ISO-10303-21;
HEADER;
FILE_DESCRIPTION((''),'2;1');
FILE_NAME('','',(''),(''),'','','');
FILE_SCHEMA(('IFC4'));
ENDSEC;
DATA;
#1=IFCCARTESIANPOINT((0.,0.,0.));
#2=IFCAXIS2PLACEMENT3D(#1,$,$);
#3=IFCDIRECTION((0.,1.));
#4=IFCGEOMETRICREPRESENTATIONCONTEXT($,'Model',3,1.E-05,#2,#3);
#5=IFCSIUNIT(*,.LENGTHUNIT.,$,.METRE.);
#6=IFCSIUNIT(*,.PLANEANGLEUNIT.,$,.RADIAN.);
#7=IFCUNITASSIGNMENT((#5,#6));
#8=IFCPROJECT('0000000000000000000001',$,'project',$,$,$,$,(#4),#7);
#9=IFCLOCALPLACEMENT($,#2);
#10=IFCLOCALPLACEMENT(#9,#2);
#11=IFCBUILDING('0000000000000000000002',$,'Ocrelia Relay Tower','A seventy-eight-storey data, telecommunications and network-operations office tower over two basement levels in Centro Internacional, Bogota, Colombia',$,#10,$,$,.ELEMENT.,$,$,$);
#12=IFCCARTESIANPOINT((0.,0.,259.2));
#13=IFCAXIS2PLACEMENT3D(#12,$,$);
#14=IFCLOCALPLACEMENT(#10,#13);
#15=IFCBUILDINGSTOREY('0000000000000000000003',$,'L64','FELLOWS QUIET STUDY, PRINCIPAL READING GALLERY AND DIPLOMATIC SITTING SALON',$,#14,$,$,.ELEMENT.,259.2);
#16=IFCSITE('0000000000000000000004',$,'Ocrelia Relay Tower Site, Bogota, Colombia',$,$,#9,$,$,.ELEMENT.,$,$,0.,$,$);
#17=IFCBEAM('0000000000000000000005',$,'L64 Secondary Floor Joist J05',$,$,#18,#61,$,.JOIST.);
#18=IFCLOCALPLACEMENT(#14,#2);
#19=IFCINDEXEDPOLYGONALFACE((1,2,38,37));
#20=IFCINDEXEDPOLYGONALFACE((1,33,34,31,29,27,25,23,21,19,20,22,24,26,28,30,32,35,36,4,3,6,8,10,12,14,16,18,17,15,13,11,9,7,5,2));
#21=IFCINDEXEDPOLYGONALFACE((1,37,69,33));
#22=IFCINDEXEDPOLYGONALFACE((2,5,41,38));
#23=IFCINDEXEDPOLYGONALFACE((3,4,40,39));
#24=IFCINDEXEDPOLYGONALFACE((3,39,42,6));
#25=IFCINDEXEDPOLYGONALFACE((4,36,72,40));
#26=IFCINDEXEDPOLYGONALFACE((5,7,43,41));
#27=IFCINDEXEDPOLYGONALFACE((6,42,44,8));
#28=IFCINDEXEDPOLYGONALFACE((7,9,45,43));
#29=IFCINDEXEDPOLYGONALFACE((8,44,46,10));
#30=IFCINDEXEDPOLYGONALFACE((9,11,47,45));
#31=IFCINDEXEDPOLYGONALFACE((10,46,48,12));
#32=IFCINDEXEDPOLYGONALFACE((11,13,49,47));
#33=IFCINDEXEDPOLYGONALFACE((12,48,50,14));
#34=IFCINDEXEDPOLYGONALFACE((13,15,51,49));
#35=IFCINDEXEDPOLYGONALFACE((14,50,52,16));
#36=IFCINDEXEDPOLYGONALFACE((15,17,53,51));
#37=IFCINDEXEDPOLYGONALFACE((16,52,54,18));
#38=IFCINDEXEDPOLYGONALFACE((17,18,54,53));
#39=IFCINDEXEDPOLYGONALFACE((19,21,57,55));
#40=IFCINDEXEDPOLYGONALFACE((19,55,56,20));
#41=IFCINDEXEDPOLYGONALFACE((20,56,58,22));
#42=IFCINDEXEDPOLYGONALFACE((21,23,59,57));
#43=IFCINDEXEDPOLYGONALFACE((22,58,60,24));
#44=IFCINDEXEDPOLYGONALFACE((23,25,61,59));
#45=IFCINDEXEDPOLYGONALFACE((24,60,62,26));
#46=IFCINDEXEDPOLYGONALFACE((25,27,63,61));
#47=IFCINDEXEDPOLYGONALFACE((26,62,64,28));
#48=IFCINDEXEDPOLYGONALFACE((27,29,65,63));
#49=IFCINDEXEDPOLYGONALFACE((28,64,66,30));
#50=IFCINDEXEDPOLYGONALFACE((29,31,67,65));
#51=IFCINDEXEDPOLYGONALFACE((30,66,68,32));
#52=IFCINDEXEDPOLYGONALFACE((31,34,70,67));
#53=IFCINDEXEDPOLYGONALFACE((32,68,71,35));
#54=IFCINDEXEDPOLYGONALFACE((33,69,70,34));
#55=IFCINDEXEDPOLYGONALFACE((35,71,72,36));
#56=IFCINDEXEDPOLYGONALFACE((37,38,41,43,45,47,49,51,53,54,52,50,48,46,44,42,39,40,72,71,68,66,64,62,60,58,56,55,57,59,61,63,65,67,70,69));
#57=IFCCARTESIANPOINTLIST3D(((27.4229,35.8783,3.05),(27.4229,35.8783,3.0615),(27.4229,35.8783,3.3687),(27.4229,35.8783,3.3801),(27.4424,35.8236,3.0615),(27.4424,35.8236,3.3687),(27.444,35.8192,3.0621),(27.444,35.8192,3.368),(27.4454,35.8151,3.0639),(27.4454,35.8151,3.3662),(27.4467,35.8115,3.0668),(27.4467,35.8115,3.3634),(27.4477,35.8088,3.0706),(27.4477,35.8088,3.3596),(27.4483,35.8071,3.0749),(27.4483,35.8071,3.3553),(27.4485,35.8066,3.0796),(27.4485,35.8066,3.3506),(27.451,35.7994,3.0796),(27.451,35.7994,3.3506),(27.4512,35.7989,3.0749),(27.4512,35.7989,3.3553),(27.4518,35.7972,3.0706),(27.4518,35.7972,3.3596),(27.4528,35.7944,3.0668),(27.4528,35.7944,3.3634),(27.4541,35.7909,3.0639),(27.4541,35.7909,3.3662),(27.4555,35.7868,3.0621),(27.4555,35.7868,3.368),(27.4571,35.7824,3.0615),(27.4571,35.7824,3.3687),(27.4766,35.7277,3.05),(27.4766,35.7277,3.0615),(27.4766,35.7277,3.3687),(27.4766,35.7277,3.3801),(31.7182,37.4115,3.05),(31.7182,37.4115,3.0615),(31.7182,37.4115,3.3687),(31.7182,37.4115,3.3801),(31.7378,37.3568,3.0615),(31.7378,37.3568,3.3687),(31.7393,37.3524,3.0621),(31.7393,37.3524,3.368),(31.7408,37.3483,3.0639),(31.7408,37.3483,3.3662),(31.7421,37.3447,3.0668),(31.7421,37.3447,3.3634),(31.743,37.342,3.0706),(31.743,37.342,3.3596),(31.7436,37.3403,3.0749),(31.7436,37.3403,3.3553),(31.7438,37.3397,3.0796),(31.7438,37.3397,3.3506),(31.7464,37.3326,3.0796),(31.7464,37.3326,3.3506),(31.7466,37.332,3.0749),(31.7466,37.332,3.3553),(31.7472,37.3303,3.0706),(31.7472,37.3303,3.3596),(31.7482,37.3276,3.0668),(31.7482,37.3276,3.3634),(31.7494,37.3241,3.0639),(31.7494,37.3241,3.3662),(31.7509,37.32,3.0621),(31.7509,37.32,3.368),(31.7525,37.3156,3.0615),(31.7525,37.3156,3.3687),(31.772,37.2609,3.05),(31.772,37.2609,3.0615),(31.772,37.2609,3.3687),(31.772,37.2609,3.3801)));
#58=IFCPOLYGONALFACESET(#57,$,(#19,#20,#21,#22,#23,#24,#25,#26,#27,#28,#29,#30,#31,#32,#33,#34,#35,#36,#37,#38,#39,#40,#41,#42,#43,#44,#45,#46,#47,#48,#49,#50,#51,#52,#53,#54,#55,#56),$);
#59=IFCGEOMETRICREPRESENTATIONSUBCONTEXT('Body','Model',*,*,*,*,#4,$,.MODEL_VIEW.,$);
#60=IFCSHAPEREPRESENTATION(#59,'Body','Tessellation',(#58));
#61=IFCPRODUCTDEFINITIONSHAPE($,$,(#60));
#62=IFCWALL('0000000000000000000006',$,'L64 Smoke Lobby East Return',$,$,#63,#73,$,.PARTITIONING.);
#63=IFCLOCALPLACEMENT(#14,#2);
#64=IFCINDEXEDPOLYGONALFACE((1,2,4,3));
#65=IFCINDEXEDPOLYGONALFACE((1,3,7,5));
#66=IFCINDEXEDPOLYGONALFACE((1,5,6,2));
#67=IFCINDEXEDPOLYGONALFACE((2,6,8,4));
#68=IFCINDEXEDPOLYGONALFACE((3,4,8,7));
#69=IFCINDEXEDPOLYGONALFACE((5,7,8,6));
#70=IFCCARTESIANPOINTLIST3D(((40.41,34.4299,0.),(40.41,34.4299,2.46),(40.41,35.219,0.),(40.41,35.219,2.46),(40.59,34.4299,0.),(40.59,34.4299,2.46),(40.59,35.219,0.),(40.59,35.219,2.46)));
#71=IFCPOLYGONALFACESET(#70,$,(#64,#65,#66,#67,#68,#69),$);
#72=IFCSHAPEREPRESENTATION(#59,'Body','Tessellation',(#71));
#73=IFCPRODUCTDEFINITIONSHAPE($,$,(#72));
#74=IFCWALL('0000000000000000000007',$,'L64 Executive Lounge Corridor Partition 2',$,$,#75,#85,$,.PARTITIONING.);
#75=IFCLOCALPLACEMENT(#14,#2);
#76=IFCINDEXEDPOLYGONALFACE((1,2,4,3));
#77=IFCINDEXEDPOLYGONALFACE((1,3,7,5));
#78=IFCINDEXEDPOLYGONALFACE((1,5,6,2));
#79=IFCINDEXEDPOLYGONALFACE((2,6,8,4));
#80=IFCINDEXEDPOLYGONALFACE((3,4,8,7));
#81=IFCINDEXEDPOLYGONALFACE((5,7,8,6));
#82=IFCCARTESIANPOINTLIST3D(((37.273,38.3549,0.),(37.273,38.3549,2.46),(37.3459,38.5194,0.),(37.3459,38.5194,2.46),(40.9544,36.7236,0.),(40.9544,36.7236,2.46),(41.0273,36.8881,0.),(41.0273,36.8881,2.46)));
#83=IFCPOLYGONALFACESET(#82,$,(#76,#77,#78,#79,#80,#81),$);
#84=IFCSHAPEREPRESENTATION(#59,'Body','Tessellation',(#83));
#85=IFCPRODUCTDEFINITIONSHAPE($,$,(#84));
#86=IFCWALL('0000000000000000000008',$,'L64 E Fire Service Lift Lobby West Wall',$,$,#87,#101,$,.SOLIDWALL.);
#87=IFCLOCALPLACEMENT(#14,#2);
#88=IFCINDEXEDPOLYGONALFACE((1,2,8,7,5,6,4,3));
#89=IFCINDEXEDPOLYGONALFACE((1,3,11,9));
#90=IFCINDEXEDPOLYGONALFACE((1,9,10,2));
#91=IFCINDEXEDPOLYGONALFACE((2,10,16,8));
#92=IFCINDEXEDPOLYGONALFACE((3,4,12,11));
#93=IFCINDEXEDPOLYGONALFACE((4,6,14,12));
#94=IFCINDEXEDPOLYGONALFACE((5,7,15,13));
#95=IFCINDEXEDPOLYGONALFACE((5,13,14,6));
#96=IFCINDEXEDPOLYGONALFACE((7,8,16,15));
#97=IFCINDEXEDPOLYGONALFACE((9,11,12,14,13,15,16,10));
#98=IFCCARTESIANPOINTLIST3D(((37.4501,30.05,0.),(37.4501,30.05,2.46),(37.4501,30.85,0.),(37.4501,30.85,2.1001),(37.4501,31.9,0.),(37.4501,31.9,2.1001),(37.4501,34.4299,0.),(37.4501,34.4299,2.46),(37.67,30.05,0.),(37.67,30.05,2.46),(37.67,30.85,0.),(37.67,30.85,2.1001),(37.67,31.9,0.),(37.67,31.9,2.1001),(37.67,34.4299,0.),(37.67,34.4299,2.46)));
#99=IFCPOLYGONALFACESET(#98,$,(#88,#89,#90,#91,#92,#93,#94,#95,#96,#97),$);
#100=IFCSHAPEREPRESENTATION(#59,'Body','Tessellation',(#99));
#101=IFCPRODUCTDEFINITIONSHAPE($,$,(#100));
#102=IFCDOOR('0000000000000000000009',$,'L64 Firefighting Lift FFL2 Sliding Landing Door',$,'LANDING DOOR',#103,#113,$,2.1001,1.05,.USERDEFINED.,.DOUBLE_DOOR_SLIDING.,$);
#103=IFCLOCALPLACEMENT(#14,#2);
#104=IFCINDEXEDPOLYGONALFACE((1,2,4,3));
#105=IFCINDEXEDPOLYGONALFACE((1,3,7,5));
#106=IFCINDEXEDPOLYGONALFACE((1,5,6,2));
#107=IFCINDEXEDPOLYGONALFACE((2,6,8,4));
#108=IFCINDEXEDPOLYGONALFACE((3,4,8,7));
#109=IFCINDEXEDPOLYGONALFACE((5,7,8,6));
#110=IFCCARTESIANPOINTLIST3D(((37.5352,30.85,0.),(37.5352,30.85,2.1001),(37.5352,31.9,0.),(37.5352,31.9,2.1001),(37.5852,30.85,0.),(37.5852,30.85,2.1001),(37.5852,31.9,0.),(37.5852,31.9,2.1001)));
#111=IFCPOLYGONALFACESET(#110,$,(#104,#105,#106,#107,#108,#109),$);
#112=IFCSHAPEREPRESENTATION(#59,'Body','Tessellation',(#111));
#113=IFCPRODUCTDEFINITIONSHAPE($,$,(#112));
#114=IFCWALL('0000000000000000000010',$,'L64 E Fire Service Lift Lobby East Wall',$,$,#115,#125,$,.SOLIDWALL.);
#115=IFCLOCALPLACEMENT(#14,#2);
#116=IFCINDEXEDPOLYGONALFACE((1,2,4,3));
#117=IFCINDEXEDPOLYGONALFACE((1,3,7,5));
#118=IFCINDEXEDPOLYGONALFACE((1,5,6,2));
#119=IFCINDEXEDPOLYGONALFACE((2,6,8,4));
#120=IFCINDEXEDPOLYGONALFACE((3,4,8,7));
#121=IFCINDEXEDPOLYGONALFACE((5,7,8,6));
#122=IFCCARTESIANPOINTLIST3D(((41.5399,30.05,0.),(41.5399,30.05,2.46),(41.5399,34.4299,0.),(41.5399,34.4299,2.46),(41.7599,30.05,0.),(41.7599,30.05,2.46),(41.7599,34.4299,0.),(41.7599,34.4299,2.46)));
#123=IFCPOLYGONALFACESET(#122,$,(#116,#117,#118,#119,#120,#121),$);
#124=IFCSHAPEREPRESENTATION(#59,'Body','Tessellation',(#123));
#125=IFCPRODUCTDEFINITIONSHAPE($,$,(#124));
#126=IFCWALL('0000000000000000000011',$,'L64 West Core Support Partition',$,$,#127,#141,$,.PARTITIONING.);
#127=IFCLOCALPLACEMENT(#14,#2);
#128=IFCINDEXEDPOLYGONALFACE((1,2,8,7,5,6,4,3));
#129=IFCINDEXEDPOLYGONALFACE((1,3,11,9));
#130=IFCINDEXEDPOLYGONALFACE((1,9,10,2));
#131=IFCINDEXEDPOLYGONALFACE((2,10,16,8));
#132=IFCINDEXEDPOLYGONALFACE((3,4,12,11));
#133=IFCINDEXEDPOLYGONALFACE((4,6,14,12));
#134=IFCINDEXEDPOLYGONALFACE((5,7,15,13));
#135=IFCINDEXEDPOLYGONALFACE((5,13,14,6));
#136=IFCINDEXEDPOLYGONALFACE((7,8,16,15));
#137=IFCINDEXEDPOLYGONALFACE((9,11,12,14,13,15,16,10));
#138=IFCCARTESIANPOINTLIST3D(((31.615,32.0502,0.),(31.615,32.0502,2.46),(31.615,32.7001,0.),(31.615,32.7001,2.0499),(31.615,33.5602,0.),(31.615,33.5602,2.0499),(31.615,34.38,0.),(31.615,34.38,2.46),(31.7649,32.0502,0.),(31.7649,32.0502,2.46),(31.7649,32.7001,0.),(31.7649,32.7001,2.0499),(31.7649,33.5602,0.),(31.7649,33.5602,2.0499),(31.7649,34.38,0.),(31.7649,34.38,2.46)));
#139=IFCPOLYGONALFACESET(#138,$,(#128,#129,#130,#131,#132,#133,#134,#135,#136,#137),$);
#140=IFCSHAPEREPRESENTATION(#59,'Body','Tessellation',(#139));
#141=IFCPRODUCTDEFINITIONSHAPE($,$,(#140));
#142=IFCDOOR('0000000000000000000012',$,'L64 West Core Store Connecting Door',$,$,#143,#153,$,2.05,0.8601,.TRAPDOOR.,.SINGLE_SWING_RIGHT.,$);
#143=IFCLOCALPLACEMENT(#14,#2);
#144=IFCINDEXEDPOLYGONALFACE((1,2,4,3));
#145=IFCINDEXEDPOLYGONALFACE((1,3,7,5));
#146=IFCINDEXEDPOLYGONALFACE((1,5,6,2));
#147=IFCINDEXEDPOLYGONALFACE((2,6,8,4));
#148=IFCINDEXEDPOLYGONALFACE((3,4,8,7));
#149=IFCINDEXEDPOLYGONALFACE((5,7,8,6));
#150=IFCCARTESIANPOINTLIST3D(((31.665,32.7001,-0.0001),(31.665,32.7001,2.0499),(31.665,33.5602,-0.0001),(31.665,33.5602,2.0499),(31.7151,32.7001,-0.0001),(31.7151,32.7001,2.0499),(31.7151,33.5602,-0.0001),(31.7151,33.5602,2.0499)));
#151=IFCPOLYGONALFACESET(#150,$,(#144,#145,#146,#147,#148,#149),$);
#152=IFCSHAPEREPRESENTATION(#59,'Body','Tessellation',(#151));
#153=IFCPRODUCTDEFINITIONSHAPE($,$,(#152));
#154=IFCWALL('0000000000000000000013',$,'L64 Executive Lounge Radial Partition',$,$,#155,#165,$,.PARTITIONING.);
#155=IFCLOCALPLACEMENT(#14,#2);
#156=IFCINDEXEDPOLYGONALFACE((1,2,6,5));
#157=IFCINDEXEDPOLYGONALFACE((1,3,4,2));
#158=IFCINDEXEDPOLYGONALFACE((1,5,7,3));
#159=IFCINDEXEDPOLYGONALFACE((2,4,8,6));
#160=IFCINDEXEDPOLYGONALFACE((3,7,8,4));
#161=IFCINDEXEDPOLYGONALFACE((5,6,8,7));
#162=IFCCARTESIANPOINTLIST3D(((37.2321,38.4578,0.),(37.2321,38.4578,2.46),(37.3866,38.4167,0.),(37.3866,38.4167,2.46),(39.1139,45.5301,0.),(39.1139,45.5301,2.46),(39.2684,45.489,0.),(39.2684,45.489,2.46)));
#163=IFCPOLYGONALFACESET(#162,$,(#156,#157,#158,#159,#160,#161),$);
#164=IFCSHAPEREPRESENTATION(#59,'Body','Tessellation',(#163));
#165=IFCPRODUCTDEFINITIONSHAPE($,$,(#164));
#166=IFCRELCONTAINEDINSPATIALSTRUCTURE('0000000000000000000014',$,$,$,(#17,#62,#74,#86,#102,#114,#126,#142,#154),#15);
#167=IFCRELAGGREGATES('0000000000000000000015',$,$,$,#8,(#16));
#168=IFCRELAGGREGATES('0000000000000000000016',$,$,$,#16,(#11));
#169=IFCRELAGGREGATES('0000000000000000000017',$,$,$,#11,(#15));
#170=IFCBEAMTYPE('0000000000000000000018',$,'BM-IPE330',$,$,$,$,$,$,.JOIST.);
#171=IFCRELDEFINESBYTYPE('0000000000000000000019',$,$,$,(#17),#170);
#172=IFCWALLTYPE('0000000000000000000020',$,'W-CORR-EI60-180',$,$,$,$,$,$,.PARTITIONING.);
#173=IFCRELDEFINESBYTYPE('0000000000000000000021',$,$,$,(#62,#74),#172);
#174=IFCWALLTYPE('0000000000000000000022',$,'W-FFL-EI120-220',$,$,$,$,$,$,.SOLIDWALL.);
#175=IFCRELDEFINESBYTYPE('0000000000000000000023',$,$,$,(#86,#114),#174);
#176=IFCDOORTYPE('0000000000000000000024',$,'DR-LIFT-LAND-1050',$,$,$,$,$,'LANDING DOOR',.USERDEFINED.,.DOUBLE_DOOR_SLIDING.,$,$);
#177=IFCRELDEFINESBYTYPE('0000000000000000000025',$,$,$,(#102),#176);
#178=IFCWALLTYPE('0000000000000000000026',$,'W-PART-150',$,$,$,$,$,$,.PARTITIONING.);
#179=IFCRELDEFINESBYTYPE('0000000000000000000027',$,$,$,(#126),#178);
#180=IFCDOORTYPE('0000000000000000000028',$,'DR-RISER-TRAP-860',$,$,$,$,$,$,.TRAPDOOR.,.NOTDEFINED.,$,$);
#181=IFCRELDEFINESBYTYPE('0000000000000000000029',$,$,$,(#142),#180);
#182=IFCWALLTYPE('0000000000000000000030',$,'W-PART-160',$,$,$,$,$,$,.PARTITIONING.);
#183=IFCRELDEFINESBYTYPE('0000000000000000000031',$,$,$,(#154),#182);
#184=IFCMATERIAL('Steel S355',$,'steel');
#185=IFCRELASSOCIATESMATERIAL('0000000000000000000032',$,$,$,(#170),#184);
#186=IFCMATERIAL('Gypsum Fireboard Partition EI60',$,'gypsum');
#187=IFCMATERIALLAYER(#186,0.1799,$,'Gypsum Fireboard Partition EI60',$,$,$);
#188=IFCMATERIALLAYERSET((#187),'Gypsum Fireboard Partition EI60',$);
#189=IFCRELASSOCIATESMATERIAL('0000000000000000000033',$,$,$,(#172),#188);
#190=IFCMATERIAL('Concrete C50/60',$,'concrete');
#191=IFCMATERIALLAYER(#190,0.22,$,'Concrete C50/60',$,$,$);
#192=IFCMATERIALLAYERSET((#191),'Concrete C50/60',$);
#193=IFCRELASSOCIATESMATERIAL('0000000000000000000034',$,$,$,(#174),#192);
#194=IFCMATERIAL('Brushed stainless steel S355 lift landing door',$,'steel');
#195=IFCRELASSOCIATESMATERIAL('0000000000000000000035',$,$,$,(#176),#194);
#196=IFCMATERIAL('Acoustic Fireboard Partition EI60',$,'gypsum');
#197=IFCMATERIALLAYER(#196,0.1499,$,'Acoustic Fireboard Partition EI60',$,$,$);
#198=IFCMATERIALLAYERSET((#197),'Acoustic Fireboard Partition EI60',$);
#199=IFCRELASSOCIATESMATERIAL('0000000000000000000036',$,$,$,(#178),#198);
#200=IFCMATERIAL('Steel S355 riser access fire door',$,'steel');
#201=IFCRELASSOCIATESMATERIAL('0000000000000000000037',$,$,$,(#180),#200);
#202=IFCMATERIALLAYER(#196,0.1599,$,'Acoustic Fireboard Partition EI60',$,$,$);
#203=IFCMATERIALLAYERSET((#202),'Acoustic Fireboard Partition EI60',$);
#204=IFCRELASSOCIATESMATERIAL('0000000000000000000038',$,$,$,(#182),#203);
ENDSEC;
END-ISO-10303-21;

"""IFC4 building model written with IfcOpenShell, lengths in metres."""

from ifc_helpers import new_model, si_unit, direction, frame, frame_2d, origin, origin_2d, place, context, subcontext, project, spatial, rectangle, i_section, extrude, material, layer, layer_set, material_profile, profile_set, type_object, element, fill, save


model = new_model("IFC4")

# Units and contexts
model_context = context("Model", 3, precision=1e-05, world=origin(), true_north=direction((0.0, 1.0)))
body_context = subcontext(model_context, "Body", "Model", "MODEL_VIEW")
ifc_project = project(units=[si_unit("LENGTHUNIT", "METRE"), si_unit("PLANEANGLEUNIT", "RADIAN")], contexts=[model_context])

# Site, building, storey
site_placement = place(None, origin())
site = spatial("IfcSite", under=ifc_project, at=site_placement, Name="Ocrelia Relay Tower Site, Bogota, Colombia", CompositionType="ELEMENT", RefElevation=0.0)
building_placement = place(site_placement, origin())
building = spatial("IfcBuilding", under=site, at=building_placement, Name="Ocrelia Relay Tower", Description="A seventy-eight-storey data, telecommunications and network-operations office tower over two basement levels in Centro Internacional, Bogota, Colombia", CompositionType="ELEMENT")
storey_placement = place(building_placement, frame((0.0, 0.0, 259.2)))
storey = spatial("IfcBuildingStorey", under=building, at=storey_placement, Name="L64", Description="FELLOWS QUIET STUDY, PRINCIPAL READING GALLERY AND DIPLOMATIC SITTING SALON", CompositionType="ELEMENT", Elevation=259.2)

# Shared definitions
ifc_material_1 = material(Name="Concrete C50/60", Category="concrete")

# Beam
ifc_material_2 = material(Name="Steel S355", Category="steel")
ifc_material_profile_1 = material_profile(ifc_material_2, i_section(OverallWidth=0.1599, OverallDepth=0.3301, WebThickness=0.0076, FlangeThickness=0.0115, FilletRadius=0.0181, at=origin_2d()), Name="IPE 330")
ifc_profile_set_1 = profile_set([ifc_material_profile_1], Name="Steel S355")
beam_type = type_object("IfcBeamType", Name="BM-IPE330", PredefinedType="JOIST", material=ifc_profile_set_1)
beam_1_placement = place(storey_placement, frame((31.7451, 37.3362, 3.2151), z_axis=(-0.941802, -0.336167, 0.0), x_axis=(0.336167, -0.941802, 0.0)))
element("IfcBeam", 1, at=beam_1_placement, inside=storey, type_object=beam_type, Name="L64 Secondary Floor Joist J05", PredefinedType="JOIST", context=body_context, shape_type="SweptSolid", body=[
    extrude(i_section(OverallWidth=0.1599, OverallDepth=0.3301, WebThickness=0.0076, FlangeThickness=0.0115, FilletRadius=0.0181, at=origin_2d()), origin(), (0.0, 0.0, 1.0), 4.5608),
])

# Wall
ifc_material_3 = material(Name="Gypsum Fireboard Partition EI60", Category="gypsum")
ifc_layer_1 = layer(ifc_material_3, 0.1799, Name="Gypsum Fireboard Partition EI60")
ifc_layer_set_1 = layer_set([ifc_layer_1], Name="Gypsum Fireboard Partition EI60")
wall_type_1 = type_object("IfcWallType", Name="W-CORR-EI60-180", PredefinedType="PARTITIONING", material=ifc_layer_set_1)
wall_1_placement = place(storey_placement, frame((40.5, 35.219, 0.0), z_axis=(0.0, 0.0, 1.0), x_axis=(0.0, -1.0, 0.0)))
element("IfcWall", 2, at=wall_1_placement, inside=storey, type_object=wall_type_1, Name="L64 Smoke Lobby East Return", PredefinedType="PARTITIONING", context=body_context, shape_type="SweptSolid", body=[
    extrude(rectangle(XDim=0.7891, YDim=0.1799, at=frame_2d((0.3945, 0.0))), origin(), (0.0, 0.0, 1.0), 2.46),
])

# Wall
wall_2_placement = place(storey_placement, frame((40.9907, 36.8059, 0.0), z_axis=(0.0, 0.0, 1.0), x_axis=(-0.914256, 0.405137, 0.0)))
element("IfcWall", 3, at=wall_2_placement, inside=storey, type_object=wall_type_1, Name="L64 Executive Lounge Corridor Partition 2", PredefinedType="PARTITIONING", context=body_context, shape_type="SweptSolid", body=[
    extrude(rectangle(XDim=4.0266, YDim=0.1799, at=frame_2d((2.0132, 0.0))), origin(), (0.0, 0.0, 1.0), 2.46),
])

# Wall, opening, door
ifc_layer_2 = layer(ifc_material_1, 0.22, Name="Concrete C50/60")
ifc_layer_set_2 = layer_set([ifc_layer_2], Name="Concrete C50/60")
wall_type_2 = type_object("IfcWallType", Name="W-FFL-EI120-220", PredefinedType="SOLIDWALL", material=ifc_layer_set_2)
wall_3_placement = place(storey_placement, frame((37.5601, 30.05, 0.0), z_axis=(0.0, 0.0, 1.0), x_axis=(0.0, 1.0, 0.0)))
wall_3 = element("IfcWall", 4, at=wall_3_placement, inside=storey, type_object=wall_type_2, Name="L64 E Fire Service Lift Lobby West Wall", PredefinedType="SOLIDWALL", context=body_context, shape_type="SweptSolid", body=[
    extrude(rectangle(XDim=4.3799, YDim=0.22, at=frame_2d((2.1899, 0.0))), origin(), (0.0, 0.0, 1.0), 2.46),
])
opening_1_placement = place(wall_3_placement, frame((0.8, 0.0, 0.0)))
opening_1 = element("IfcOpeningElement", 5, at=opening_1_placement, cuts=wall_3, PredefinedType="OPENING", context=body_context, shape_type="SweptSolid", body=[
    extrude(rectangle(XDim=1.05, YDim=2.1001, at=frame_2d((0.5249, 1.05))), frame((0.0, 0.1201, 0.0), z_axis=(0.0, -1.0, 0.0), x_axis=(1.0, 0.0, 0.0)), (0.0, 0.0, 1.0), 0.24),
])
ifc_material_4 = material(Name="Brushed stainless steel S355 lift landing door", Category="steel")
door_type_1 = type_object("IfcDoorType", Name="DR-LIFT-LAND-1050", ElementType="LANDING DOOR", OperationType="DOUBLE_DOOR_SLIDING", PredefinedType="USERDEFINED", material=ifc_material_4)
door_1_placement = place(opening_1_placement, origin())
door_1 = element("IfcDoor", 6, at=door_1_placement, inside=storey, type_object=door_type_1, Name="L64 Firefighting Lift FFL2 Sliding Landing Door", ObjectType="LANDING DOOR", OperationType="DOUBLE_DOOR_SLIDING", OverallHeight=2.1001, OverallWidth=1.05, PredefinedType="USERDEFINED", context=body_context, shape_type="SweptSolid", body=[
    extrude(rectangle(XDim=1.05, YDim=2.1001, at=frame_2d((0.5249, 1.05))), frame((0.0, 0.0249, 0.0), z_axis=(0.0, -1.0, 0.0), x_axis=(1.0, 0.0, 0.0)), (0.0, 0.0, 1.0), 0.05),
])
fill(opening_1, door_1)

# Wall
wall_4_placement = place(storey_placement, frame((41.6499, 30.05, 0.0), z_axis=(0.0, 0.0, 1.0), x_axis=(0.0, 1.0, 0.0)))
element("IfcWall", 7, at=wall_4_placement, inside=storey, type_object=wall_type_2, Name="L64 E Fire Service Lift Lobby East Wall", PredefinedType="SOLIDWALL", context=body_context, shape_type="SweptSolid", body=[
    extrude(rectangle(XDim=4.3799, YDim=0.22, at=frame_2d((2.1899, 0.0))), origin(), (0.0, 0.0, 1.0), 2.46),
])

# Wall, opening, door
ifc_material_5 = material(Name="Acoustic Fireboard Partition EI60", Category="gypsum")
ifc_layer_3 = layer(ifc_material_5, 0.1499, Name="Acoustic Fireboard Partition EI60")
ifc_layer_set_3 = layer_set([ifc_layer_3], Name="Acoustic Fireboard Partition EI60")
wall_type_3 = type_object("IfcWallType", Name="W-PART-150", PredefinedType="PARTITIONING", material=ifc_layer_set_3)
wall_5_placement = place(storey_placement, frame((31.6899, 32.05, 0.0), z_axis=(0.0, 0.0, 1.0), x_axis=(0.0, 1.0, 0.0)))
wall_5 = element("IfcWall", 8, at=wall_5_placement, inside=storey, type_object=wall_type_3, Name="L64 West Core Support Partition", PredefinedType="PARTITIONING", context=body_context, shape_type="SweptSolid", body=[
    extrude(rectangle(XDim=2.3298, YDim=0.1499, at=frame_2d((1.165, 0.0))), origin(), (0.0, 0.0, 1.0), 2.46),
])
opening_2_placement = place(wall_5_placement, frame((0.6499, 0.0, 0.0)))
opening_2 = element("IfcOpeningElement", 9, at=opening_2_placement, cuts=wall_5, PredefinedType="OPENING", context=body_context, shape_type="SweptSolid", body=[
    extrude(rectangle(XDim=0.8601, YDim=2.05, at=frame_2d((0.4302, 1.0249))), frame((0.0, 0.085, 0.0), z_axis=(0.0, -1.0, 0.0), x_axis=(1.0, 0.0, 0.0)), (0.0, 0.0, 1.0), 0.1699),
])
ifc_material_6 = material(Name="Steel S355 riser access fire door", Category="steel")
door_type_2 = type_object("IfcDoorType", Name="DR-RISER-TRAP-860", OperationType="NOTDEFINED", PredefinedType="TRAPDOOR", material=ifc_material_6)
door_2_placement = place(opening_2_placement, origin())
door_2 = element("IfcDoor", 10, at=door_2_placement, inside=storey, type_object=door_type_2, Name="L64 West Core Store Connecting Door", OperationType="SINGLE_SWING_RIGHT", OverallHeight=2.05, OverallWidth=0.8601, PredefinedType="TRAPDOOR", context=body_context, shape_type="SweptSolid", body=[
    extrude(rectangle(XDim=0.8601, YDim=2.05, at=frame_2d((0.4302, 1.0249))), frame((0.0, 0.0249, 0.0), z_axis=(0.0, -1.0, 0.0), x_axis=(1.0, 0.0, 0.0)), (0.0, 0.0, 1.0), 0.05),
])
fill(opening_2, door_2)

# Wall
ifc_layer_4 = layer(ifc_material_5, 0.1599, Name="Acoustic Fireboard Partition EI60")
ifc_layer_set_4 = layer_set([ifc_layer_4], Name="Acoustic Fireboard Partition EI60")
wall_type_4 = type_object("IfcWallType", Name="W-PART-160", PredefinedType="PARTITIONING", material=ifc_layer_set_4)
wall_6_placement = place(storey_placement, frame((37.3093, 38.4373, 0.0), z_axis=(0.0, 0.0, 1.0), x_axis=(0.257139, 0.966374, 0.0)))
element("IfcWall", 11, at=wall_6_placement, inside=storey, type_object=wall_type_4, Name="L64 Executive Lounge Radial Partition", PredefinedType="PARTITIONING", context=body_context, shape_type="SweptSolid", body=[
    extrude(rectangle(XDim=7.3184, YDim=0.1599, at=frame_2d((3.6592, 0.0))), origin(), (0.0, 0.0, 1.0), 2.46),
])

save(model, "model.ifc")
